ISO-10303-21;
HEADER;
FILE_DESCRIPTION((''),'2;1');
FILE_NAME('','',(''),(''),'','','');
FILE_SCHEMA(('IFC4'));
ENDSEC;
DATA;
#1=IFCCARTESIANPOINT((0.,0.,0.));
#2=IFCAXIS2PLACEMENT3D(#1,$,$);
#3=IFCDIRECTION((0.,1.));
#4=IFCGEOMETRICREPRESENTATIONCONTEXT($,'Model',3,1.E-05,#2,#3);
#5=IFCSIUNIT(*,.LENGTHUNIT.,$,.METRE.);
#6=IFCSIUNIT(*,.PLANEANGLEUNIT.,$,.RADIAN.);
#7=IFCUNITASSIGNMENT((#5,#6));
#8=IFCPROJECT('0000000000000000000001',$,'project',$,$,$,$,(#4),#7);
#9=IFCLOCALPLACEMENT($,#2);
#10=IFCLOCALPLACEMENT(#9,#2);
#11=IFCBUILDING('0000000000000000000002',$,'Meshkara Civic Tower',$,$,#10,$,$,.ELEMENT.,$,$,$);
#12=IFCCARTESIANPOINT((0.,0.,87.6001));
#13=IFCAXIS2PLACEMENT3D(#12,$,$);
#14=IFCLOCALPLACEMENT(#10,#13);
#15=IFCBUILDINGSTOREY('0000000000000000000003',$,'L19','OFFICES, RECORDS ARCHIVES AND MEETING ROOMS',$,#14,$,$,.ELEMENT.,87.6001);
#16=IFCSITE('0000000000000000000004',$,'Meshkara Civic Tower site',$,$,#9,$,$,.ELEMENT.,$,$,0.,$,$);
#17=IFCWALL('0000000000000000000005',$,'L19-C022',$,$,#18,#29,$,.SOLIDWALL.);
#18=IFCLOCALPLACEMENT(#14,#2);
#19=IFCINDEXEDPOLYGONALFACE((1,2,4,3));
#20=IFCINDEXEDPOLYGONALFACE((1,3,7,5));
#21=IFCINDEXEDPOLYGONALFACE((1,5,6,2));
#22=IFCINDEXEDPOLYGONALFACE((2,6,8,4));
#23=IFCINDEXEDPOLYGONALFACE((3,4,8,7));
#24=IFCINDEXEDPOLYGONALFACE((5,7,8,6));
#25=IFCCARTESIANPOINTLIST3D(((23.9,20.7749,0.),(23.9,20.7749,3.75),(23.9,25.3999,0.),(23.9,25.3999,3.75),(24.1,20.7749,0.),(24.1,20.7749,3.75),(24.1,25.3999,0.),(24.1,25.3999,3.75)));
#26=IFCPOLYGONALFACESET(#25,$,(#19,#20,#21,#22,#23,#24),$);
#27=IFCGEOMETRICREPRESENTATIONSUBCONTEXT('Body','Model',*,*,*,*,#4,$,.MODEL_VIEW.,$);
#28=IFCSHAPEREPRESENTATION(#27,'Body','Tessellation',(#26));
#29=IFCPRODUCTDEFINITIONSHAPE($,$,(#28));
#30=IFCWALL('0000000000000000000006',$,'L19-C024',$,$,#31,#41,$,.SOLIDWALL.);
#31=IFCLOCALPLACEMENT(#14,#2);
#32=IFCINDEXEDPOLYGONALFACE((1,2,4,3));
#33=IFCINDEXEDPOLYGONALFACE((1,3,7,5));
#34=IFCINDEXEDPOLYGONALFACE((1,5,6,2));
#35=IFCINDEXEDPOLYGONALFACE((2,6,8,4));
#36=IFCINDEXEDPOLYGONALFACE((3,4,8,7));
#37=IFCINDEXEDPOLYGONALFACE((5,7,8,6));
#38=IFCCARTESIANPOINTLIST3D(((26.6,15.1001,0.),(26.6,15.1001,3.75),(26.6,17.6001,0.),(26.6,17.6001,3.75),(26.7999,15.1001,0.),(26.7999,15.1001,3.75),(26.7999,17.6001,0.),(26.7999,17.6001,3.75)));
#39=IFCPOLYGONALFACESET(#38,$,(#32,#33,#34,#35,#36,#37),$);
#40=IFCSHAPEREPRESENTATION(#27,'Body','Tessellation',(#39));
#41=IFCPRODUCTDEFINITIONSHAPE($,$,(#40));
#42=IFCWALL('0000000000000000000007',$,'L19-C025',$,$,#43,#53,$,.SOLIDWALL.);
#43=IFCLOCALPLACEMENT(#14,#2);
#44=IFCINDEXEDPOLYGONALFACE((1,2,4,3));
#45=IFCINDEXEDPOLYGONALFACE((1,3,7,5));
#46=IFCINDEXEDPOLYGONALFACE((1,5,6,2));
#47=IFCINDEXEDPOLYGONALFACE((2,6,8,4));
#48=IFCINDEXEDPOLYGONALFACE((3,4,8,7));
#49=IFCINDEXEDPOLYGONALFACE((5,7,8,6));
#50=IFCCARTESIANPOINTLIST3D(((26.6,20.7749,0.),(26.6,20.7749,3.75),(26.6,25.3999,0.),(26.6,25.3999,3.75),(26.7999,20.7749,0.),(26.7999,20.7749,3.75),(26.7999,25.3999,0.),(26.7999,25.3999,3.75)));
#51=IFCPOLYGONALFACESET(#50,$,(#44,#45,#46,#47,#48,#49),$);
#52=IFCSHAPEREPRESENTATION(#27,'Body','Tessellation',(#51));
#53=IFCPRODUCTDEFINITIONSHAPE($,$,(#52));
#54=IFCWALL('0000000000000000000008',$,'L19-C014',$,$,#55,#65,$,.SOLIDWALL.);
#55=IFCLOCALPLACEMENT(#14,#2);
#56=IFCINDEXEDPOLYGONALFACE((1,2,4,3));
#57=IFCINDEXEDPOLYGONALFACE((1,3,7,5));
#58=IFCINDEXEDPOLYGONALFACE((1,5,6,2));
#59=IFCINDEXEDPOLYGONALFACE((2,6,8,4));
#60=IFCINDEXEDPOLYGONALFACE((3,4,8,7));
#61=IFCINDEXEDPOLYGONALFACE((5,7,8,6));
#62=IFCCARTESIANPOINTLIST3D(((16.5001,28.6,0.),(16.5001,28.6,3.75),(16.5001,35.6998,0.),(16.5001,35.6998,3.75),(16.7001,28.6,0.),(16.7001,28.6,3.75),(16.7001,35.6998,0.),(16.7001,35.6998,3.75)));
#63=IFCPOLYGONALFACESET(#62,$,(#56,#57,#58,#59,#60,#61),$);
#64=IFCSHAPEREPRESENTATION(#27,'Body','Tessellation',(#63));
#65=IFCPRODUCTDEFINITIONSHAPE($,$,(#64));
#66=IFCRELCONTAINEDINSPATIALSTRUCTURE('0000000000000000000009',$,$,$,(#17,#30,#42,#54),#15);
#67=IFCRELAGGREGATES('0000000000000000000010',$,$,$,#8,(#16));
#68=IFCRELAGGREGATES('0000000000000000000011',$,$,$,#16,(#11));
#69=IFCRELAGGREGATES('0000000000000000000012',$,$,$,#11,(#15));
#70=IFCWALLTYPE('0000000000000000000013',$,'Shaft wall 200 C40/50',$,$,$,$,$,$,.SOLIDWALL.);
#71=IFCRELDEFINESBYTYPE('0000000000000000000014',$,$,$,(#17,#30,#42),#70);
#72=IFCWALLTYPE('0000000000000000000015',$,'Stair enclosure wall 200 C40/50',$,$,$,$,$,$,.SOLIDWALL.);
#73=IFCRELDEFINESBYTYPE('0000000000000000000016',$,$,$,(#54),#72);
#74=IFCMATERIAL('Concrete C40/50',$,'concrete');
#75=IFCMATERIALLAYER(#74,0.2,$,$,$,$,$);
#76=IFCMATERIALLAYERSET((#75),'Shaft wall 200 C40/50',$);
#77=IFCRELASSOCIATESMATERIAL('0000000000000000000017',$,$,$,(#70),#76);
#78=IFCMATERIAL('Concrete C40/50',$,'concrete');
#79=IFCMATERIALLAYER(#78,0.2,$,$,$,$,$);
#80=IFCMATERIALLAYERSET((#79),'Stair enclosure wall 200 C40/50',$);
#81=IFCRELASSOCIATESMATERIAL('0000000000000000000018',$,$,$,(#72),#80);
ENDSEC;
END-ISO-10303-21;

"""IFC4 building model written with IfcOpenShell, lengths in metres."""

from ifc_helpers import new_model, si_unit, direction, frame, frame_2d, origin, place, context, subcontext, project, spatial, rectangle, extrude, material, layer, layer_set, type_object, element, save


model = new_model("IFC4")

# Units and contexts
model_context = context("Model", 3, precision=1e-05, world=origin(), true_north=direction((0.0, 1.0)))
body_context = subcontext(model_context, "Body", "Model", "MODEL_VIEW")
ifc_project = project(units=[si_unit("LENGTHUNIT", "METRE"), si_unit("PLANEANGLEUNIT", "RADIAN")], contexts=[model_context])

# Site, building, storey
site_placement = place(None, origin())
site = spatial("IfcSite", under=ifc_project, at=site_placement, Name="Meshkara Civic Tower site", CompositionType="ELEMENT", RefElevation=0.0)
building_placement = place(site_placement, origin())
building = spatial("IfcBuilding", under=site, at=building_placement, Name="Meshkara Civic Tower", CompositionType="ELEMENT")
storey_placement = place(building_placement, frame((0.0, 0.0, 87.6001)))
storey = spatial("IfcBuildingStorey", under=building, at=storey_placement, Name="L19", Description="OFFICES, RECORDS ARCHIVES AND MEETING ROOMS", CompositionType="ELEMENT", Elevation=87.6001)

# Shared definitions
ifc_material_1 = material(Name="Concrete C40/50", Category="concrete")
ifc_layer_1 = layer(ifc_material_1, 0.2)
ifc_layer_set_1 = layer_set([ifc_layer_1], Name="Shaft wall 200 C40/50")
wall_type_1 = type_object("IfcWallType", Name="Shaft wall 200 C40/50", PredefinedType="SOLIDWALL", material=ifc_layer_set_1)

# Walls
wall_1_placement = place(storey_placement, frame((24.0, 20.7749, 0.0), z_axis=(0.0, 0.0, 1.0), x_axis=(0.0, 1.0, 0.0)))
element("IfcWall", 1, at=wall_1_placement, inside=storey, type_object=wall_type_1, Name="L19-C022", PredefinedType="SOLIDWALL", context=body_context, shape_type="SweptSolid", body=[
    extrude(rectangle(XDim=4.625, YDim=0.2, at=frame_2d((2.3125, 0.0))), origin(), (0.0, 0.0, 1.0), 3.75),
])
wall_2_placement = place(storey_placement, frame((26.7, 15.1001, 0.0), z_axis=(0.0, 0.0, 1.0), x_axis=(0.0, 1.0, 0.0)))
element("IfcWall", 2, at=wall_2_placement, inside=storey, type_object=wall_type_1, Name="L19-C024", PredefinedType="SOLIDWALL", context=body_context, shape_type="SweptSolid", body=[
    extrude(rectangle(XDim=2.5, YDim=0.2, at=frame_2d((1.25, 0.0))), origin(), (0.0, 0.0, 1.0), 3.75),
])
wall_3_placement = place(storey_placement, frame((26.7, 20.7749, 0.0), z_axis=(0.0, 0.0, 1.0), x_axis=(0.0, 1.0, 0.0)))
element("IfcWall", 3, at=wall_3_placement, inside=storey, type_object=wall_type_1, Name="L19-C025", PredefinedType="SOLIDWALL", context=body_context, shape_type="SweptSolid", body=[
    extrude(rectangle(XDim=4.625, YDim=0.2, at=frame_2d((2.3125, 0.0))), origin(), (0.0, 0.0, 1.0), 3.75),
])
ifc_material_2 = material(Name="Concrete C40/50", Category="concrete")
ifc_layer_2 = layer(ifc_material_2, 0.2)
ifc_layer_set_2 = layer_set([ifc_layer_2], Name="Stair enclosure wall 200 C40/50")
wall_type_2 = type_object("IfcWallType", Name="Stair enclosure wall 200 C40/50", PredefinedType="SOLIDWALL", material=ifc_layer_set_2)
wall_4_placement = place(storey_placement, frame((16.6001, 28.6001, 0.0), z_axis=(0.0, 0.0, 1.0), x_axis=(0.0, 1.0, 0.0)))
element("IfcWall", 4, at=wall_4_placement, inside=storey, type_object=wall_type_2, Name="L19-C014", PredefinedType="SOLIDWALL", context=body_context, shape_type="SweptSolid", body=[
    extrude(rectangle(XDim=7.0999, YDim=0.2, at=frame_2d((3.5498, 0.0))), origin(), (0.0, 0.0, 1.0), 3.75),
])

save(model, "model.ifc")
